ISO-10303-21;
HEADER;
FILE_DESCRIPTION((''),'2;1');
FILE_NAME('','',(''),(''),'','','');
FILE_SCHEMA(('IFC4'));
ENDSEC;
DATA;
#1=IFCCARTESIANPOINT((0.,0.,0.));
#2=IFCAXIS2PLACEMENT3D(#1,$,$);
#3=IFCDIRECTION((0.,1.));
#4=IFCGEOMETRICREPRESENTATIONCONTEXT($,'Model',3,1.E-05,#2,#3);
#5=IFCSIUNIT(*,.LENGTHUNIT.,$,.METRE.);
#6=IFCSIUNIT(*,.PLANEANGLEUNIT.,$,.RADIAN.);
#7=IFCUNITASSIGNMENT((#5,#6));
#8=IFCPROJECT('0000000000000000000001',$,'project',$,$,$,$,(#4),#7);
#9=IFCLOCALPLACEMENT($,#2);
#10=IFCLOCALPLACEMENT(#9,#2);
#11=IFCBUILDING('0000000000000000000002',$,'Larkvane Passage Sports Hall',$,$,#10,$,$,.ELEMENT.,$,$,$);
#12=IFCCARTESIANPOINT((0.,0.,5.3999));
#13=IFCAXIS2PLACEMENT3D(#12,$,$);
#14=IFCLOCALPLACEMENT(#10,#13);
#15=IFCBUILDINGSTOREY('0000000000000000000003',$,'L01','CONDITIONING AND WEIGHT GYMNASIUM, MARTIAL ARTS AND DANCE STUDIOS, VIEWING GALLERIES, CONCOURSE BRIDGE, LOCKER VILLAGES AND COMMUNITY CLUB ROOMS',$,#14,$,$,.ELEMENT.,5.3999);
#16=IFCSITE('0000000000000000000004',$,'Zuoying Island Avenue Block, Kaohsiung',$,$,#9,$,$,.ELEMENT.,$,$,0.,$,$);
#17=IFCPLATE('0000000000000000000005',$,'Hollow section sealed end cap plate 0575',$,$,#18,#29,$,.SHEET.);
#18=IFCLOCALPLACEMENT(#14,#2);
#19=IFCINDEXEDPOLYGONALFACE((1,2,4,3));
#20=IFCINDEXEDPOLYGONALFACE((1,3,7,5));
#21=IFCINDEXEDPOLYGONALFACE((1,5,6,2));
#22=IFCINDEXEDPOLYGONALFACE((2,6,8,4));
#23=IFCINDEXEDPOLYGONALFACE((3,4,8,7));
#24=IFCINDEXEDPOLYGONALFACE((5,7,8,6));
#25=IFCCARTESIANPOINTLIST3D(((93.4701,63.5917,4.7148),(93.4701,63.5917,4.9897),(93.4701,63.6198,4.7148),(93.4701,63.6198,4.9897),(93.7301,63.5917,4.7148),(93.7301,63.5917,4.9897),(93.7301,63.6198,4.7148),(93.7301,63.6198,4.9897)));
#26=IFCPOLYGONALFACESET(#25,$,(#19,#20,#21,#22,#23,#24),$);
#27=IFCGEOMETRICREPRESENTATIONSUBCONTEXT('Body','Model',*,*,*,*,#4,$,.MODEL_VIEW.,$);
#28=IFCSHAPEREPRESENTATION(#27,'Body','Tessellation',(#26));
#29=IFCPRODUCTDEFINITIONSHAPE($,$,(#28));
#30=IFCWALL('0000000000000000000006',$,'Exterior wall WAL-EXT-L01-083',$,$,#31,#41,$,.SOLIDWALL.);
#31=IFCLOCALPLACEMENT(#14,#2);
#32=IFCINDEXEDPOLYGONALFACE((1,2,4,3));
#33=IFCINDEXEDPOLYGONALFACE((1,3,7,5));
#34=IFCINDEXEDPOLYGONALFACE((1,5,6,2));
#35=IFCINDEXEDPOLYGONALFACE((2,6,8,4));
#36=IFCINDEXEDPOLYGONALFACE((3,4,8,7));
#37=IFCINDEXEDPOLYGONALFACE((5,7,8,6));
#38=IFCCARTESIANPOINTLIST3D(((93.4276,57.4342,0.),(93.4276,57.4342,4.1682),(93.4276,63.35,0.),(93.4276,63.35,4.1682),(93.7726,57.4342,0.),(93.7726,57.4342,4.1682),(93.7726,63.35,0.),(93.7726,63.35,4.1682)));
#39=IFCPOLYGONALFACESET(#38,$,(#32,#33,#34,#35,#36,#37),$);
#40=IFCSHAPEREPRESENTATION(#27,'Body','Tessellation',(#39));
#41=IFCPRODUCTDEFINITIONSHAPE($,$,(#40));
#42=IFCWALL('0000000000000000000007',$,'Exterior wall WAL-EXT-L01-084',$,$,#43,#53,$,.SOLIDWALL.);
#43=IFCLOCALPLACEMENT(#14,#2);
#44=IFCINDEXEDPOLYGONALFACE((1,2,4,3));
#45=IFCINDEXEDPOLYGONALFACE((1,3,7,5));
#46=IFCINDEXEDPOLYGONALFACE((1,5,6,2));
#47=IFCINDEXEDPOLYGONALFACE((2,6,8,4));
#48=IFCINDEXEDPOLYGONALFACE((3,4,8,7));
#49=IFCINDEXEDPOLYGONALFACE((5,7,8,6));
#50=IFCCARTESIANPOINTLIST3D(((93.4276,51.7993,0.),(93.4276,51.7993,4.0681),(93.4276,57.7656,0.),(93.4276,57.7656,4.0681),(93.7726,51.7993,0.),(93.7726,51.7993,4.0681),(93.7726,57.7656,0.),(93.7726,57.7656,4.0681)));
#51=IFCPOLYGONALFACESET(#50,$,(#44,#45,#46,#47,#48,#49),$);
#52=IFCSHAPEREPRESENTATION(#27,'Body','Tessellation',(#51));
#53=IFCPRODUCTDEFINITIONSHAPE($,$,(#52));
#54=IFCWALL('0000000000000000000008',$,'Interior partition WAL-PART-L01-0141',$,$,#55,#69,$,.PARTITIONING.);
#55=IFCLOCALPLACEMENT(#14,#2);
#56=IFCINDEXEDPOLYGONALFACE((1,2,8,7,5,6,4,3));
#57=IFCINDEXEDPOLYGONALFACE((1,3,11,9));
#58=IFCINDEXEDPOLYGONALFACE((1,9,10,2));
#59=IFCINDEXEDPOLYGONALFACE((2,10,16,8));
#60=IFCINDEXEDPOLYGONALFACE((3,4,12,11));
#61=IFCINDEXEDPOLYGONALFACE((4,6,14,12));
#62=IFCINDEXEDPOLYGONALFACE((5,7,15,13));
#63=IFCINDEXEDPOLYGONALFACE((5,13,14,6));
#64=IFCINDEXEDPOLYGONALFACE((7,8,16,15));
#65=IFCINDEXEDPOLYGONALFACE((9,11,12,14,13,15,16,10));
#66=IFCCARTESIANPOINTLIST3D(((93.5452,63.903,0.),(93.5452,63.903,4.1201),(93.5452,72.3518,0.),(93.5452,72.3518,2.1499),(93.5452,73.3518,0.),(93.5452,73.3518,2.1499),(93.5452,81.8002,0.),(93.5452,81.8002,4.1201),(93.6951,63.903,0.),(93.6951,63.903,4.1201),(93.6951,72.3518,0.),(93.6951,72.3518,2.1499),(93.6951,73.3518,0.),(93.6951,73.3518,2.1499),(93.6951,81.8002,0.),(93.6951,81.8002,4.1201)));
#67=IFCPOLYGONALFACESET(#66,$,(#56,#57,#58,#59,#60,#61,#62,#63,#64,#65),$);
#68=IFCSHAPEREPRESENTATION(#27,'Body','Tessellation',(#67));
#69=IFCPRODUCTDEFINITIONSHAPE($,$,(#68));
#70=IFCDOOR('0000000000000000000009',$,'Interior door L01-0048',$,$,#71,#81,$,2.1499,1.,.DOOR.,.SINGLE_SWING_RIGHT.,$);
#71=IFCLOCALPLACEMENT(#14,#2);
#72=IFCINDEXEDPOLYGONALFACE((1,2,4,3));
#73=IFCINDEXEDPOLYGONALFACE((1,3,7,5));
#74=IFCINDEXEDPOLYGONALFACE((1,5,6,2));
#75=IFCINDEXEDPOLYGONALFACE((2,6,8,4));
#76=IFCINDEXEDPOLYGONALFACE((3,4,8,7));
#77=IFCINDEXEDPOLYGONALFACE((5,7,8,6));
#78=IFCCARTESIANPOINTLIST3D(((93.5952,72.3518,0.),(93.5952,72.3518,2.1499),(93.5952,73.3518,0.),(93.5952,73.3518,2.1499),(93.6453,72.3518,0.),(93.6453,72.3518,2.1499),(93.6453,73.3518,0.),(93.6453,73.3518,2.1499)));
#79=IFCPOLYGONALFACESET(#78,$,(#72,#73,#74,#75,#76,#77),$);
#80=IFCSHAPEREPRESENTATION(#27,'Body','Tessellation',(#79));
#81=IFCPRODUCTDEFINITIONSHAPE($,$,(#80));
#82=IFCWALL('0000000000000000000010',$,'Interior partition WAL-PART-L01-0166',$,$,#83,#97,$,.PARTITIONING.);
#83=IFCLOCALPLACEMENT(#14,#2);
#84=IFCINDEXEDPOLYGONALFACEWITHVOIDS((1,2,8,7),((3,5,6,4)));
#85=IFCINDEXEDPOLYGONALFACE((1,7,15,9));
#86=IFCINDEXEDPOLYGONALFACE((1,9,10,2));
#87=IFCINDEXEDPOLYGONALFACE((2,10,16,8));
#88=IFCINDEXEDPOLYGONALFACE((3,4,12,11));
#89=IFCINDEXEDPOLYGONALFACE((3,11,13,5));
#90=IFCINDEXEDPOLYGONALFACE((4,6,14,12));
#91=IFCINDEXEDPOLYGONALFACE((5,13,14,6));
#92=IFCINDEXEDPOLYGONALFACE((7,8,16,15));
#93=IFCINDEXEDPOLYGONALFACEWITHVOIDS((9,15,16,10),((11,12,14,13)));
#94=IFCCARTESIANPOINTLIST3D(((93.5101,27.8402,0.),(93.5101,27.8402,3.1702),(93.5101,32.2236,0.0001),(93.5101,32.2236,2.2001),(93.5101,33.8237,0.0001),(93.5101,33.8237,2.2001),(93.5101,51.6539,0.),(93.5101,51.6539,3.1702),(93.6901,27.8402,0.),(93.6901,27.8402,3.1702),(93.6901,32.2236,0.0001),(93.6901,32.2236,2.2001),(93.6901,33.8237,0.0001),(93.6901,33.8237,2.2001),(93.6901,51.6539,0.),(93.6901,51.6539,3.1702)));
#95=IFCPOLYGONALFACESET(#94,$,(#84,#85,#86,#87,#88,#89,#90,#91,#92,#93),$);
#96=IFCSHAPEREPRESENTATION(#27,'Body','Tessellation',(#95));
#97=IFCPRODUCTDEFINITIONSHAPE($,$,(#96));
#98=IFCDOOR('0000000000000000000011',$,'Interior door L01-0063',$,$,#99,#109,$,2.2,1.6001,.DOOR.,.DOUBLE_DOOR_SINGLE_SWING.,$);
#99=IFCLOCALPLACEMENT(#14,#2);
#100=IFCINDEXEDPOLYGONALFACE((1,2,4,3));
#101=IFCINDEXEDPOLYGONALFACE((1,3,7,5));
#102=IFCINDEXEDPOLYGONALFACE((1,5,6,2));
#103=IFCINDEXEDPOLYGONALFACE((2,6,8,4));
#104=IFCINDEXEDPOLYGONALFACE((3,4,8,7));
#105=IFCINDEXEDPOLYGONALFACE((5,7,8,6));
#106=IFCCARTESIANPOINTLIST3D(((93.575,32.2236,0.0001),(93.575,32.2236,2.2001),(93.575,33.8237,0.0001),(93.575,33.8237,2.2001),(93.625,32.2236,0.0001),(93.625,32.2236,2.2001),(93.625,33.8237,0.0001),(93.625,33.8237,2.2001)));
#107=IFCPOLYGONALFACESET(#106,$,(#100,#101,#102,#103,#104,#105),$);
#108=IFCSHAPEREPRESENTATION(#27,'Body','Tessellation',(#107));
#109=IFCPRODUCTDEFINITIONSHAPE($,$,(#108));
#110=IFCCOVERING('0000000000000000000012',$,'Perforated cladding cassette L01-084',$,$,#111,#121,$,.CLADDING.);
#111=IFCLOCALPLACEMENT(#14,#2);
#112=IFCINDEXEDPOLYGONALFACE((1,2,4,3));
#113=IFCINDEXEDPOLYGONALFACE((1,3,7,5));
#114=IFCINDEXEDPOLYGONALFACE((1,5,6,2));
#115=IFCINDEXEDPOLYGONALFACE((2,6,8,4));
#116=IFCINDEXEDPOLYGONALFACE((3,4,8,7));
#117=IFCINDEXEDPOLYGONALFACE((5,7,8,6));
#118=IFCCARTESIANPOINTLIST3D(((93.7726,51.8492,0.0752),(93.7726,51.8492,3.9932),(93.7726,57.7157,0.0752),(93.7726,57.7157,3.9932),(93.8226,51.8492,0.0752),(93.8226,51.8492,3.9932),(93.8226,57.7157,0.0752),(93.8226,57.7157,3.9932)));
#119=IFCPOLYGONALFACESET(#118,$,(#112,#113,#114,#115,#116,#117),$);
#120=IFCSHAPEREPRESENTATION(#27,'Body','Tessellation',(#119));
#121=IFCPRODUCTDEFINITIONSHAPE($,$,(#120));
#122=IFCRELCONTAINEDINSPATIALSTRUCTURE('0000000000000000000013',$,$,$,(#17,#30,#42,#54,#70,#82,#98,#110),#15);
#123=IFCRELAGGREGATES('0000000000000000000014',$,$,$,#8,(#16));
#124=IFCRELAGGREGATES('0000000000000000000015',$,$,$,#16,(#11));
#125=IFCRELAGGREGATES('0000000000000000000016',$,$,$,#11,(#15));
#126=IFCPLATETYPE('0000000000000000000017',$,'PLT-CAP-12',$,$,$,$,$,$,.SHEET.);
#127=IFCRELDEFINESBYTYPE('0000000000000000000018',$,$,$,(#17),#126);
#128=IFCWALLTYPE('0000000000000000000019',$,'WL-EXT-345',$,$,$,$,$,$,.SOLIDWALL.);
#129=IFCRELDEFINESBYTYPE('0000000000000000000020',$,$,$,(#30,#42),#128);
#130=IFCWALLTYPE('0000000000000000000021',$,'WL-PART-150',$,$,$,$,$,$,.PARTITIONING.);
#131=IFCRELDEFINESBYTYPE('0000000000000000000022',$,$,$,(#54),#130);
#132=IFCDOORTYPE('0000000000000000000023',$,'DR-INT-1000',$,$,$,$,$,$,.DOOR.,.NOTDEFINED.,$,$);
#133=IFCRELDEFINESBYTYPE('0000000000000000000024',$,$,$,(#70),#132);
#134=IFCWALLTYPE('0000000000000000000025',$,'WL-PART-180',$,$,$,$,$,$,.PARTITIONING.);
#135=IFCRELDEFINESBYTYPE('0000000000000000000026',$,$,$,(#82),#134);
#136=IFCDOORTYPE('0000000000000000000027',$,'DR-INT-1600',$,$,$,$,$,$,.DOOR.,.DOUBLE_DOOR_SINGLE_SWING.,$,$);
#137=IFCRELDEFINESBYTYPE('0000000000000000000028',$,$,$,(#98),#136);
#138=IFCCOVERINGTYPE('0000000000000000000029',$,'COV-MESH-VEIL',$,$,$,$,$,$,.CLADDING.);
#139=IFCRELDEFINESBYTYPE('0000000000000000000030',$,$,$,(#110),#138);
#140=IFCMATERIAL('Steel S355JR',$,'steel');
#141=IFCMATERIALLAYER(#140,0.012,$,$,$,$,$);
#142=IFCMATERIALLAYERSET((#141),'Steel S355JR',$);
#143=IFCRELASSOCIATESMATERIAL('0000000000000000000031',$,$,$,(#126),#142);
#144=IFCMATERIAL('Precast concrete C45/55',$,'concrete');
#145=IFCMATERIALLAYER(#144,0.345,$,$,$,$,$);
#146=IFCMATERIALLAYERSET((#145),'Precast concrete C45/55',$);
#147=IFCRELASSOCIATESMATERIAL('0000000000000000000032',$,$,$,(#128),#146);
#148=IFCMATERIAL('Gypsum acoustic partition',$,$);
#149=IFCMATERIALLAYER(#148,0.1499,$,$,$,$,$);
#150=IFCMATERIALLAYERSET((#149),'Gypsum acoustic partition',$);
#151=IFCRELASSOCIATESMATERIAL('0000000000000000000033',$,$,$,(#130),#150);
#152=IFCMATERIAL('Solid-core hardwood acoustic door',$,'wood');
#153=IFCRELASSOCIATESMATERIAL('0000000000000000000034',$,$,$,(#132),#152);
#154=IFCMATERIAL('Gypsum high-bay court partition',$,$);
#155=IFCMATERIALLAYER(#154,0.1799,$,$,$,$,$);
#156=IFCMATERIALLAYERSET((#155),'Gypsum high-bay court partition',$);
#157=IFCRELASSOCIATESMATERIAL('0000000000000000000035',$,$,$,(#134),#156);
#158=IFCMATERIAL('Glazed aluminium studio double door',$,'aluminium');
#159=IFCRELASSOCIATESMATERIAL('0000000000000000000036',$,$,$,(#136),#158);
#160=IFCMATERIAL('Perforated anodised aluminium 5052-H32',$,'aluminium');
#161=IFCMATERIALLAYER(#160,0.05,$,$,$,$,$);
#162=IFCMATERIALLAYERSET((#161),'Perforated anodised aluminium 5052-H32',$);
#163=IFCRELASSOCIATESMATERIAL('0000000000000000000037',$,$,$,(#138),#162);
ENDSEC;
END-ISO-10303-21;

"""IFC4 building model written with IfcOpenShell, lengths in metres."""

from ifc_helpers import new_model, si_unit, direction, frame, frame_2d, origin, origin_2d, place, context, subcontext, project, spatial, rectangle, extrude, material, layer, layer_set, type_object, element, fill, save


model = new_model("IFC4")

# Units and contexts
model_context = context("Model", 3, precision=1e-05, world=origin(), true_north=direction((0.0, 1.0)))
body_context = subcontext(model_context, "Body", "Model", "MODEL_VIEW")
ifc_project = project(units=[si_unit("LENGTHUNIT", "METRE"), si_unit("PLANEANGLEUNIT", "RADIAN")], contexts=[model_context])

# Site, building, storey
site_placement = place(None, origin())
site = spatial("IfcSite", under=ifc_project, at=site_placement, Name="Zuoying Island Avenue Block, Kaohsiung", CompositionType="ELEMENT", RefElevation=0.0)
building_placement = place(site_placement, origin())
building = spatial("IfcBuilding", under=site, at=building_placement, Name="Larkvane Passage Sports Hall", CompositionType="ELEMENT")
storey_placement = place(building_placement, frame((0.0, 0.0, 5.3999)))
storey = spatial("IfcBuildingStorey", under=building, at=storey_placement, Name="L01", Description="CONDITIONING AND WEIGHT GYMNASIUM, MARTIAL ARTS AND DANCE STUDIOS, VIEWING GALLERIES, CONCOURSE BRIDGE, LOCKER VILLAGES AND COMMUNITY CLUB ROOMS", CompositionType="ELEMENT", Elevation=5.3999)

# Shared definitions
ifc_material_1 = material(Name="Steel S355JR", Category="steel")

# Plate
ifc_layer_1 = layer(ifc_material_1, 0.012)
ifc_layer_set_1 = layer_set([ifc_layer_1], Name="Steel S355JR")
plate_type_1 = type_object("IfcPlateType", Name="PLT-CAP-12", PredefinedType="SHEET", material=ifc_layer_set_1)
plate_1_placement = place(storey_placement, frame((93.6001, 63.6057, 4.7148), z_axis=(0.0, 0.0, 1.0), x_axis=(-1.0, 0.0, 0.0)))
element("IfcPlate", 1, at=plate_1_placement, inside=storey, type_object=plate_type_1, Name="Hollow section sealed end cap plate 0575", PredefinedType="SHEET", context=body_context, shape_type="SweptSolid", body=[
    extrude(rectangle(XDim=0.26, YDim=0.0281, at=origin_2d()), origin(), (0.0, 0.0, 1.0), 0.2749),
])

# Walls
ifc_material_2 = material(Name="Precast concrete C45/55", Category="concrete")
ifc_layer_2 = layer(ifc_material_2, 0.345)
ifc_layer_set_2 = layer_set([ifc_layer_2], Name="Precast concrete C45/55")
wall_type_1 = type_object("IfcWallType", Name="WL-EXT-345", PredefinedType="SOLIDWALL", material=ifc_layer_set_2)
wall_1_placement = place(storey_placement, frame((93.6001, 63.3501, 0.0), z_axis=(0.0, 0.0, 1.0), x_axis=(0.0, -1.0, 0.0)))
element("IfcWall", 2, at=wall_1_placement, inside=storey, type_object=wall_type_1, Name="Exterior wall WAL-EXT-L01-083", PredefinedType="SOLIDWALL", context=body_context, shape_type="SweptSolid", body=[
    extrude(rectangle(XDim=5.9158, YDim=0.345, at=frame_2d((2.958, 0.0))), origin(), (0.0, 0.0, 1.0), 4.1682),
])
wall_2_placement = place(storey_placement, frame((93.6001, 57.7656, 0.0), z_axis=(0.0, 0.0, 1.0), x_axis=(0.0, -1.0, 0.0)))
element("IfcWall", 3, at=wall_2_placement, inside=storey, type_object=wall_type_1, Name="Exterior wall WAL-EXT-L01-084", PredefinedType="SOLIDWALL", context=body_context, shape_type="SweptSolid", body=[
    extrude(rectangle(XDim=5.9663, YDim=0.345, at=frame_2d((2.9832, 0.0))), origin(), (0.0, 0.0, 1.0), 4.0681),
])

# Walls, openings, doors
ifc_material_3 = material(Name="Gypsum acoustic partition")
ifc_layer_3 = layer(ifc_material_3, 0.1499)
ifc_layer_set_3 = layer_set([ifc_layer_3], Name="Gypsum acoustic partition")
wall_type_2 = type_object("IfcWallType", Name="WL-PART-150", PredefinedType="PARTITIONING", material=ifc_layer_set_3)
wall_3_placement = place(storey_placement, frame((93.6201, 63.9028, 0.0), z_axis=(0.0, 0.0, 1.0), x_axis=(0.0, 1.0, 0.0)))
wall_3 = element("IfcWall", 4, at=wall_3_placement, inside=storey, type_object=wall_type_2, Name="Interior partition WAL-PART-L01-0141", PredefinedType="PARTITIONING", context=body_context, shape_type="SweptSolid", body=[
    extrude(rectangle(XDim=17.8972, YDim=0.1499, at=frame_2d((8.9487, 0.0))), origin(), (0.0, 0.0, 1.0), 4.1201),
])
opening_1_placement = place(wall_3_placement, frame((8.449, 0.0, 0.0)))
opening_1 = element("IfcOpeningElement", 5, at=opening_1_placement, cuts=wall_3, PredefinedType="OPENING", context=body_context, shape_type="SweptSolid", body=[
    extrude(rectangle(XDim=1.0, YDim=2.1499, at=frame_2d((0.5, 1.075))), frame((0.0, 0.085, 0.0), z_axis=(0.0, -1.0, 0.0), x_axis=(1.0, 0.0, 0.0)), (0.0, 0.0, 1.0), 0.1699),
])
ifc_material_4 = material(Name="Solid-core hardwood acoustic door", Category="wood")
door_type_1 = type_object("IfcDoorType", Name="DR-INT-1000", OperationType="NOTDEFINED", PredefinedType="DOOR", material=ifc_material_4)
door_1_placement = place(opening_1_placement, origin())
door_1 = element("IfcDoor", 6, at=door_1_placement, inside=storey, type_object=door_type_1, Name="Interior door L01-0048", OperationType="SINGLE_SWING_RIGHT", OverallHeight=2.1499, OverallWidth=1.0, PredefinedType="DOOR", context=body_context, shape_type="SweptSolid", body=[
    extrude(rectangle(XDim=1.0, YDim=2.1499, at=frame_2d((0.5, 1.075))), frame((0.0, 0.0249, 0.0), z_axis=(0.0, -1.0, 0.0), x_axis=(1.0, 0.0, 0.0)), (0.0, 0.0, 1.0), 0.05),
])
fill(opening_1, door_1)
ifc_material_5 = material(Name="Gypsum high-bay court partition")
ifc_layer_4 = layer(ifc_material_5, 0.1799)
ifc_layer_set_4 = layer_set([ifc_layer_4], Name="Gypsum high-bay court partition")
wall_type_3 = type_object("IfcWallType", Name="WL-PART-180", PredefinedType="PARTITIONING", material=ifc_layer_set_4)
wall_4_placement = place(storey_placement, frame((93.6001, 51.6538, 0.0), z_axis=(0.0, 0.0, 1.0), x_axis=(0.0, -1.0, 0.0)))
wall_4 = element("IfcWall", 7, at=wall_4_placement, inside=storey, type_object=wall_type_3, Name="Interior partition WAL-PART-L01-0166", PredefinedType="PARTITIONING", context=body_context, shape_type="SweptSolid", body=[
    extrude(rectangle(XDim=23.8137, YDim=0.1799, at=frame_2d((11.9067, 0.0))), origin(), (0.0, 0.0, 1.0), 3.1702),
])
opening_2_placement = place(wall_4_placement, frame((17.8301, 0.0, 0.0)))
opening_2 = element("IfcOpeningElement", 8, at=opening_2_placement, cuts=wall_4, PredefinedType="OPENING", context=body_context, shape_type="SweptSolid", body=[
    extrude(rectangle(XDim=1.6001, YDim=2.2, at=frame_2d((0.8, 1.1001))), frame((0.0, 0.0999, 0.0), z_axis=(0.0, -1.0, 0.0), x_axis=(1.0, 0.0, 0.0)), (0.0, 0.0, 1.0), 0.2),
])
ifc_material_6 = material(Name="Glazed aluminium studio double door", Category="aluminium")
door_type_2 = type_object("IfcDoorType", Name="DR-INT-1600", OperationType="DOUBLE_DOOR_SINGLE_SWING", PredefinedType="DOOR", material=ifc_material_6)
door_2_placement = place(opening_2_placement, origin())
door_2 = element("IfcDoor", 9, at=door_2_placement, inside=storey, type_object=door_type_2, Name="Interior door L01-0063", OperationType="DOUBLE_DOOR_SINGLE_SWING", OverallHeight=2.2, OverallWidth=1.6001, PredefinedType="DOOR", context=body_context, shape_type="SweptSolid", body=[
    extrude(rectangle(XDim=1.6001, YDim=2.2, at=frame_2d((0.8, 1.1001))), frame((0.0, 0.0249, 0.0), z_axis=(0.0, -1.0, 0.0), x_axis=(1.0, 0.0, 0.0)), (0.0, 0.0, 1.0), 0.05),
])
fill(opening_2, door_2)

# Covering
ifc_material_7 = material(Name="Perforated anodised aluminium 5052-H32", Category="aluminium")
ifc_layer_5 = layer(ifc_material_7, 0.05)
ifc_layer_set_5 = layer_set([ifc_layer_5], Name="Perforated anodised aluminium 5052-H32")
covering_type = type_object("IfcCoveringType", Name="COV-MESH-VEIL", PredefinedType="CLADDING", material=ifc_layer_set_5)
covering_placement = place(storey_placement, frame((93.7976, 54.7825, 0.0752), z_axis=(0.0, 0.0, 1.0), x_axis=(0.0, -1.0, 0.0)))
element("IfcCovering", 10, at=covering_placement, inside=storey, type_object=covering_type, Name="Perforated cladding cassette L01-084", PredefinedType="CLADDING", context=body_context, shape_type="SweptSolid", body=[
    extrude(rectangle(XDim=5.8665, YDim=0.05, at=origin_2d()), origin(), (0.0, 0.0, 1.0), 3.918),
])

save(model, "model.ifc")
